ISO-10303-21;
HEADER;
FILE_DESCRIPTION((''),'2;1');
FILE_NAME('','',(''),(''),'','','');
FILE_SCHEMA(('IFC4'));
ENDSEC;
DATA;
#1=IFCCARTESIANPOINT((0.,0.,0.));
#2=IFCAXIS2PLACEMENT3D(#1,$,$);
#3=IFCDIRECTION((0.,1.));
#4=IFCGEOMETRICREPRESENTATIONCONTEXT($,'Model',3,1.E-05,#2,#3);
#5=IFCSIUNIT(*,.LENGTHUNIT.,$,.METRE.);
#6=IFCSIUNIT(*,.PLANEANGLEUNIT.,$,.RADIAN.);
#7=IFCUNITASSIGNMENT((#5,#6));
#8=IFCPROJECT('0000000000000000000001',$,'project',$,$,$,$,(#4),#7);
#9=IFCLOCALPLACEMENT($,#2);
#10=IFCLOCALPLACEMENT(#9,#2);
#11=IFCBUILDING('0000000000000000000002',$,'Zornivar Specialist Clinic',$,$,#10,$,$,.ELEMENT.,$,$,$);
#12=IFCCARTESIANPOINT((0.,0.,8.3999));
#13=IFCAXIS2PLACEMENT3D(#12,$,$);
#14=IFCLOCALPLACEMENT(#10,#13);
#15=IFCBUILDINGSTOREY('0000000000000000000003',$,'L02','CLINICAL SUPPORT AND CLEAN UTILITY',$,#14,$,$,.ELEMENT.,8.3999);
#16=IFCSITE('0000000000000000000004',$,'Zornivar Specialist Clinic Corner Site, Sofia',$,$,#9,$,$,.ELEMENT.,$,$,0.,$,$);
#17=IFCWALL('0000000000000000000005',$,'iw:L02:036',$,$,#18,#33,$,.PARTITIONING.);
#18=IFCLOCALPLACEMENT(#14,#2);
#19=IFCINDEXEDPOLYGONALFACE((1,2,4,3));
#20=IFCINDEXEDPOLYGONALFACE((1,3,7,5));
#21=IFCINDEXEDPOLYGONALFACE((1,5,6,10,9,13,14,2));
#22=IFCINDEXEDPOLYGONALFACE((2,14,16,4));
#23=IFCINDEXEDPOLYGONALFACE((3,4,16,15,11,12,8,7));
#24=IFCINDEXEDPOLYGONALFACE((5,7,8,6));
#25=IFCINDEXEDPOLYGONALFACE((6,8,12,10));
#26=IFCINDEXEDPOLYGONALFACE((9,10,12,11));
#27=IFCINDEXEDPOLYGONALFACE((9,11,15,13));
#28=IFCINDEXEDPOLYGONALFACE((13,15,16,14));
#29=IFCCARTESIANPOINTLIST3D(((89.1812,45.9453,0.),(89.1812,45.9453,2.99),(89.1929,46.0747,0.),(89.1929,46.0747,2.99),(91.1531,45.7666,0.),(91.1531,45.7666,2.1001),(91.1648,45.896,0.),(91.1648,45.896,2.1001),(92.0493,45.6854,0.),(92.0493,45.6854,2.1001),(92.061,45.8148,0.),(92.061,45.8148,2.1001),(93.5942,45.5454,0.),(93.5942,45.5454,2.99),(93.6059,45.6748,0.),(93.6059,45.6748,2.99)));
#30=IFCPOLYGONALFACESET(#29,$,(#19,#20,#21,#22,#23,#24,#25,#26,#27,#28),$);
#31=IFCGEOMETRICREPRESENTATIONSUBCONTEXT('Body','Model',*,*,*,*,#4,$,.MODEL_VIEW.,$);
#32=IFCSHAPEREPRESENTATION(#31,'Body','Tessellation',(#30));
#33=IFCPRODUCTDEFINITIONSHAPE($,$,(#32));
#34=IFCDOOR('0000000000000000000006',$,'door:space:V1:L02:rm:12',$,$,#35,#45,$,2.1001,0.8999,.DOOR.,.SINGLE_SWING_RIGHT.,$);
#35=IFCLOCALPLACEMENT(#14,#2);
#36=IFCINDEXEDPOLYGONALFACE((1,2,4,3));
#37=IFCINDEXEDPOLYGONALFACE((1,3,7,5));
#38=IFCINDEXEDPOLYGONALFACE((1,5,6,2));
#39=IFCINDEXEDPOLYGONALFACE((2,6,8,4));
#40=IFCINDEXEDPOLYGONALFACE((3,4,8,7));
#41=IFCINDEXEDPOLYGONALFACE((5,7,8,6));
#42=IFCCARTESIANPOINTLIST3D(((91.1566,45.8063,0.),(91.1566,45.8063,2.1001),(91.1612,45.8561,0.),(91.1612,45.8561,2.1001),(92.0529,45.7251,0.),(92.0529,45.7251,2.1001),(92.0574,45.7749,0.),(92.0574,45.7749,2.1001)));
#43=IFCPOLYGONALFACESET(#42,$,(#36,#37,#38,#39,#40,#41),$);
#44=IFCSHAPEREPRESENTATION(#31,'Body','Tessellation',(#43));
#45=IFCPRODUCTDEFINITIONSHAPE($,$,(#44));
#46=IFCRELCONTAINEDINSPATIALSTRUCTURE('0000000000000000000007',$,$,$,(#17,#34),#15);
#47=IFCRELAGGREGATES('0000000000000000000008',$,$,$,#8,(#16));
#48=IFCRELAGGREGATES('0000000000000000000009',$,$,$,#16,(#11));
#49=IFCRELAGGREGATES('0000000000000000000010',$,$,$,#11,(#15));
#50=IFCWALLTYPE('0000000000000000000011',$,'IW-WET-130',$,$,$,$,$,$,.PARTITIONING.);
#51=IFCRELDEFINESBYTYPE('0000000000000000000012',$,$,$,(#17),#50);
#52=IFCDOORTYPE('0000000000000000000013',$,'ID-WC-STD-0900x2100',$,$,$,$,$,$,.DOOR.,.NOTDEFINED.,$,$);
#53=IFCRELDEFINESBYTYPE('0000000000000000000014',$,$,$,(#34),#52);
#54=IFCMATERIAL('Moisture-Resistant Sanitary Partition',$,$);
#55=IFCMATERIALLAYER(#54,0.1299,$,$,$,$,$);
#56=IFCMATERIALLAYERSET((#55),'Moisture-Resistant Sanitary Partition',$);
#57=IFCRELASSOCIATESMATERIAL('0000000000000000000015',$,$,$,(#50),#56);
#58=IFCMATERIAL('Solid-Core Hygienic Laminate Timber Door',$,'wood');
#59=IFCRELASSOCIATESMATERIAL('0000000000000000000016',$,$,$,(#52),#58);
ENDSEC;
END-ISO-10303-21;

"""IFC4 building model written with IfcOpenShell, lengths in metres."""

from ifc_helpers import new_model, si_unit, direction, frame, frame_2d, origin, place, context, subcontext, project, spatial, rectangle, extrude, material, layer, layer_set, type_object, element, fill, save


model = new_model("IFC4")

# Units and contexts
model_context = context("Model", 3, precision=1e-05, world=origin(), true_north=direction((0.0, 1.0)))
body_context = subcontext(model_context, "Body", "Model", "MODEL_VIEW")
ifc_project = project(units=[si_unit("LENGTHUNIT", "METRE"), si_unit("PLANEANGLEUNIT", "RADIAN")], contexts=[model_context])

# Site, building, storey
site_placement = place(None, origin())
site = spatial("IfcSite", under=ifc_project, at=site_placement, Name="Zornivar Specialist Clinic Corner Site, Sofia", CompositionType="ELEMENT", RefElevation=0.0)
building_placement = place(site_placement, origin())
building = spatial("IfcBuilding", under=site, at=building_placement, Name="Zornivar Specialist Clinic", CompositionType="ELEMENT")
storey_placement = place(building_placement, frame((0.0, 0.0, 8.3999)))
storey = spatial("IfcBuildingStorey", under=building, at=storey_placement, Name="L02", Description="CLINICAL SUPPORT AND CLEAN UTILITY", CompositionType="ELEMENT", Elevation=8.3999)

# Shared definitions
ifc_material_1 = material(Name="Moisture-Resistant Sanitary Partition")
ifc_layer_1 = layer(ifc_material_1, 0.1299)
ifc_layer_set_1 = layer_set([ifc_layer_1], Name="Moisture-Resistant Sanitary Partition")
wall_type_1 = type_object("IfcWallType", Name="IW-WET-130", PredefinedType="PARTITIONING", material=ifc_layer_set_1)

# Wall, opening, door
wall_1_placement = place(storey_placement, frame((89.187, 46.01, 0.0), z_axis=(0.0, 0.0, 1.0), x_axis=(0.995919, -0.090248, 0.0)))
wall_1 = element("IfcWall", 1, at=wall_1_placement, inside=storey, type_object=wall_type_1, Name="iw:L02:036", PredefinedType="PARTITIONING", context=body_context, shape_type="SweptSolid", body=[
    extrude(rectangle(XDim=4.4312, YDim=0.1299, at=frame_2d((2.2156, 0.0))), origin(), (0.0, 0.0, 1.0), 2.99),
])
opening_1_placement = place(wall_1_placement, frame((1.98, 0.0, 0.0)))
opening_1 = element("IfcOpeningElement", 2, at=opening_1_placement, cuts=wall_1, PredefinedType="OPENING", context=body_context, shape_type="SweptSolid", body=[
    extrude(rectangle(XDim=0.8999, YDim=2.1001, at=frame_2d((0.45, 1.05))), frame((0.0, 0.075, 0.0), z_axis=(0.0, -1.0, 0.0), x_axis=(1.0, 0.0, 0.0)), (0.0, 0.0, 1.0), 0.1499),
])
ifc_material_2 = material(Name="Solid-Core Hygienic Laminate Timber Door", Category="wood")
door_type_1 = type_object("IfcDoorType", Name="ID-WC-STD-0900x2100", OperationType="NOTDEFINED", PredefinedType="DOOR", material=ifc_material_2)
door_1_placement = place(opening_1_placement, origin())
door_1 = element("IfcDoor", 3, at=door_1_placement, inside=storey, type_object=door_type_1, Name="door:space:V1:L02:rm:12", OperationType="SINGLE_SWING_RIGHT", OverallHeight=2.1001, OverallWidth=0.8999, PredefinedType="DOOR", context=body_context, shape_type="SweptSolid", body=[
    extrude(rectangle(XDim=0.8999, YDim=2.1001, at=frame_2d((0.45, 1.05))), frame((0.0, 0.0249, 0.0), z_axis=(0.0, -1.0, 0.0), x_axis=(1.0, 0.0, 0.0)), (0.0, 0.0, 1.0), 0.05),
])
fill(opening_1, door_1)

save(model, "model.ifc")
